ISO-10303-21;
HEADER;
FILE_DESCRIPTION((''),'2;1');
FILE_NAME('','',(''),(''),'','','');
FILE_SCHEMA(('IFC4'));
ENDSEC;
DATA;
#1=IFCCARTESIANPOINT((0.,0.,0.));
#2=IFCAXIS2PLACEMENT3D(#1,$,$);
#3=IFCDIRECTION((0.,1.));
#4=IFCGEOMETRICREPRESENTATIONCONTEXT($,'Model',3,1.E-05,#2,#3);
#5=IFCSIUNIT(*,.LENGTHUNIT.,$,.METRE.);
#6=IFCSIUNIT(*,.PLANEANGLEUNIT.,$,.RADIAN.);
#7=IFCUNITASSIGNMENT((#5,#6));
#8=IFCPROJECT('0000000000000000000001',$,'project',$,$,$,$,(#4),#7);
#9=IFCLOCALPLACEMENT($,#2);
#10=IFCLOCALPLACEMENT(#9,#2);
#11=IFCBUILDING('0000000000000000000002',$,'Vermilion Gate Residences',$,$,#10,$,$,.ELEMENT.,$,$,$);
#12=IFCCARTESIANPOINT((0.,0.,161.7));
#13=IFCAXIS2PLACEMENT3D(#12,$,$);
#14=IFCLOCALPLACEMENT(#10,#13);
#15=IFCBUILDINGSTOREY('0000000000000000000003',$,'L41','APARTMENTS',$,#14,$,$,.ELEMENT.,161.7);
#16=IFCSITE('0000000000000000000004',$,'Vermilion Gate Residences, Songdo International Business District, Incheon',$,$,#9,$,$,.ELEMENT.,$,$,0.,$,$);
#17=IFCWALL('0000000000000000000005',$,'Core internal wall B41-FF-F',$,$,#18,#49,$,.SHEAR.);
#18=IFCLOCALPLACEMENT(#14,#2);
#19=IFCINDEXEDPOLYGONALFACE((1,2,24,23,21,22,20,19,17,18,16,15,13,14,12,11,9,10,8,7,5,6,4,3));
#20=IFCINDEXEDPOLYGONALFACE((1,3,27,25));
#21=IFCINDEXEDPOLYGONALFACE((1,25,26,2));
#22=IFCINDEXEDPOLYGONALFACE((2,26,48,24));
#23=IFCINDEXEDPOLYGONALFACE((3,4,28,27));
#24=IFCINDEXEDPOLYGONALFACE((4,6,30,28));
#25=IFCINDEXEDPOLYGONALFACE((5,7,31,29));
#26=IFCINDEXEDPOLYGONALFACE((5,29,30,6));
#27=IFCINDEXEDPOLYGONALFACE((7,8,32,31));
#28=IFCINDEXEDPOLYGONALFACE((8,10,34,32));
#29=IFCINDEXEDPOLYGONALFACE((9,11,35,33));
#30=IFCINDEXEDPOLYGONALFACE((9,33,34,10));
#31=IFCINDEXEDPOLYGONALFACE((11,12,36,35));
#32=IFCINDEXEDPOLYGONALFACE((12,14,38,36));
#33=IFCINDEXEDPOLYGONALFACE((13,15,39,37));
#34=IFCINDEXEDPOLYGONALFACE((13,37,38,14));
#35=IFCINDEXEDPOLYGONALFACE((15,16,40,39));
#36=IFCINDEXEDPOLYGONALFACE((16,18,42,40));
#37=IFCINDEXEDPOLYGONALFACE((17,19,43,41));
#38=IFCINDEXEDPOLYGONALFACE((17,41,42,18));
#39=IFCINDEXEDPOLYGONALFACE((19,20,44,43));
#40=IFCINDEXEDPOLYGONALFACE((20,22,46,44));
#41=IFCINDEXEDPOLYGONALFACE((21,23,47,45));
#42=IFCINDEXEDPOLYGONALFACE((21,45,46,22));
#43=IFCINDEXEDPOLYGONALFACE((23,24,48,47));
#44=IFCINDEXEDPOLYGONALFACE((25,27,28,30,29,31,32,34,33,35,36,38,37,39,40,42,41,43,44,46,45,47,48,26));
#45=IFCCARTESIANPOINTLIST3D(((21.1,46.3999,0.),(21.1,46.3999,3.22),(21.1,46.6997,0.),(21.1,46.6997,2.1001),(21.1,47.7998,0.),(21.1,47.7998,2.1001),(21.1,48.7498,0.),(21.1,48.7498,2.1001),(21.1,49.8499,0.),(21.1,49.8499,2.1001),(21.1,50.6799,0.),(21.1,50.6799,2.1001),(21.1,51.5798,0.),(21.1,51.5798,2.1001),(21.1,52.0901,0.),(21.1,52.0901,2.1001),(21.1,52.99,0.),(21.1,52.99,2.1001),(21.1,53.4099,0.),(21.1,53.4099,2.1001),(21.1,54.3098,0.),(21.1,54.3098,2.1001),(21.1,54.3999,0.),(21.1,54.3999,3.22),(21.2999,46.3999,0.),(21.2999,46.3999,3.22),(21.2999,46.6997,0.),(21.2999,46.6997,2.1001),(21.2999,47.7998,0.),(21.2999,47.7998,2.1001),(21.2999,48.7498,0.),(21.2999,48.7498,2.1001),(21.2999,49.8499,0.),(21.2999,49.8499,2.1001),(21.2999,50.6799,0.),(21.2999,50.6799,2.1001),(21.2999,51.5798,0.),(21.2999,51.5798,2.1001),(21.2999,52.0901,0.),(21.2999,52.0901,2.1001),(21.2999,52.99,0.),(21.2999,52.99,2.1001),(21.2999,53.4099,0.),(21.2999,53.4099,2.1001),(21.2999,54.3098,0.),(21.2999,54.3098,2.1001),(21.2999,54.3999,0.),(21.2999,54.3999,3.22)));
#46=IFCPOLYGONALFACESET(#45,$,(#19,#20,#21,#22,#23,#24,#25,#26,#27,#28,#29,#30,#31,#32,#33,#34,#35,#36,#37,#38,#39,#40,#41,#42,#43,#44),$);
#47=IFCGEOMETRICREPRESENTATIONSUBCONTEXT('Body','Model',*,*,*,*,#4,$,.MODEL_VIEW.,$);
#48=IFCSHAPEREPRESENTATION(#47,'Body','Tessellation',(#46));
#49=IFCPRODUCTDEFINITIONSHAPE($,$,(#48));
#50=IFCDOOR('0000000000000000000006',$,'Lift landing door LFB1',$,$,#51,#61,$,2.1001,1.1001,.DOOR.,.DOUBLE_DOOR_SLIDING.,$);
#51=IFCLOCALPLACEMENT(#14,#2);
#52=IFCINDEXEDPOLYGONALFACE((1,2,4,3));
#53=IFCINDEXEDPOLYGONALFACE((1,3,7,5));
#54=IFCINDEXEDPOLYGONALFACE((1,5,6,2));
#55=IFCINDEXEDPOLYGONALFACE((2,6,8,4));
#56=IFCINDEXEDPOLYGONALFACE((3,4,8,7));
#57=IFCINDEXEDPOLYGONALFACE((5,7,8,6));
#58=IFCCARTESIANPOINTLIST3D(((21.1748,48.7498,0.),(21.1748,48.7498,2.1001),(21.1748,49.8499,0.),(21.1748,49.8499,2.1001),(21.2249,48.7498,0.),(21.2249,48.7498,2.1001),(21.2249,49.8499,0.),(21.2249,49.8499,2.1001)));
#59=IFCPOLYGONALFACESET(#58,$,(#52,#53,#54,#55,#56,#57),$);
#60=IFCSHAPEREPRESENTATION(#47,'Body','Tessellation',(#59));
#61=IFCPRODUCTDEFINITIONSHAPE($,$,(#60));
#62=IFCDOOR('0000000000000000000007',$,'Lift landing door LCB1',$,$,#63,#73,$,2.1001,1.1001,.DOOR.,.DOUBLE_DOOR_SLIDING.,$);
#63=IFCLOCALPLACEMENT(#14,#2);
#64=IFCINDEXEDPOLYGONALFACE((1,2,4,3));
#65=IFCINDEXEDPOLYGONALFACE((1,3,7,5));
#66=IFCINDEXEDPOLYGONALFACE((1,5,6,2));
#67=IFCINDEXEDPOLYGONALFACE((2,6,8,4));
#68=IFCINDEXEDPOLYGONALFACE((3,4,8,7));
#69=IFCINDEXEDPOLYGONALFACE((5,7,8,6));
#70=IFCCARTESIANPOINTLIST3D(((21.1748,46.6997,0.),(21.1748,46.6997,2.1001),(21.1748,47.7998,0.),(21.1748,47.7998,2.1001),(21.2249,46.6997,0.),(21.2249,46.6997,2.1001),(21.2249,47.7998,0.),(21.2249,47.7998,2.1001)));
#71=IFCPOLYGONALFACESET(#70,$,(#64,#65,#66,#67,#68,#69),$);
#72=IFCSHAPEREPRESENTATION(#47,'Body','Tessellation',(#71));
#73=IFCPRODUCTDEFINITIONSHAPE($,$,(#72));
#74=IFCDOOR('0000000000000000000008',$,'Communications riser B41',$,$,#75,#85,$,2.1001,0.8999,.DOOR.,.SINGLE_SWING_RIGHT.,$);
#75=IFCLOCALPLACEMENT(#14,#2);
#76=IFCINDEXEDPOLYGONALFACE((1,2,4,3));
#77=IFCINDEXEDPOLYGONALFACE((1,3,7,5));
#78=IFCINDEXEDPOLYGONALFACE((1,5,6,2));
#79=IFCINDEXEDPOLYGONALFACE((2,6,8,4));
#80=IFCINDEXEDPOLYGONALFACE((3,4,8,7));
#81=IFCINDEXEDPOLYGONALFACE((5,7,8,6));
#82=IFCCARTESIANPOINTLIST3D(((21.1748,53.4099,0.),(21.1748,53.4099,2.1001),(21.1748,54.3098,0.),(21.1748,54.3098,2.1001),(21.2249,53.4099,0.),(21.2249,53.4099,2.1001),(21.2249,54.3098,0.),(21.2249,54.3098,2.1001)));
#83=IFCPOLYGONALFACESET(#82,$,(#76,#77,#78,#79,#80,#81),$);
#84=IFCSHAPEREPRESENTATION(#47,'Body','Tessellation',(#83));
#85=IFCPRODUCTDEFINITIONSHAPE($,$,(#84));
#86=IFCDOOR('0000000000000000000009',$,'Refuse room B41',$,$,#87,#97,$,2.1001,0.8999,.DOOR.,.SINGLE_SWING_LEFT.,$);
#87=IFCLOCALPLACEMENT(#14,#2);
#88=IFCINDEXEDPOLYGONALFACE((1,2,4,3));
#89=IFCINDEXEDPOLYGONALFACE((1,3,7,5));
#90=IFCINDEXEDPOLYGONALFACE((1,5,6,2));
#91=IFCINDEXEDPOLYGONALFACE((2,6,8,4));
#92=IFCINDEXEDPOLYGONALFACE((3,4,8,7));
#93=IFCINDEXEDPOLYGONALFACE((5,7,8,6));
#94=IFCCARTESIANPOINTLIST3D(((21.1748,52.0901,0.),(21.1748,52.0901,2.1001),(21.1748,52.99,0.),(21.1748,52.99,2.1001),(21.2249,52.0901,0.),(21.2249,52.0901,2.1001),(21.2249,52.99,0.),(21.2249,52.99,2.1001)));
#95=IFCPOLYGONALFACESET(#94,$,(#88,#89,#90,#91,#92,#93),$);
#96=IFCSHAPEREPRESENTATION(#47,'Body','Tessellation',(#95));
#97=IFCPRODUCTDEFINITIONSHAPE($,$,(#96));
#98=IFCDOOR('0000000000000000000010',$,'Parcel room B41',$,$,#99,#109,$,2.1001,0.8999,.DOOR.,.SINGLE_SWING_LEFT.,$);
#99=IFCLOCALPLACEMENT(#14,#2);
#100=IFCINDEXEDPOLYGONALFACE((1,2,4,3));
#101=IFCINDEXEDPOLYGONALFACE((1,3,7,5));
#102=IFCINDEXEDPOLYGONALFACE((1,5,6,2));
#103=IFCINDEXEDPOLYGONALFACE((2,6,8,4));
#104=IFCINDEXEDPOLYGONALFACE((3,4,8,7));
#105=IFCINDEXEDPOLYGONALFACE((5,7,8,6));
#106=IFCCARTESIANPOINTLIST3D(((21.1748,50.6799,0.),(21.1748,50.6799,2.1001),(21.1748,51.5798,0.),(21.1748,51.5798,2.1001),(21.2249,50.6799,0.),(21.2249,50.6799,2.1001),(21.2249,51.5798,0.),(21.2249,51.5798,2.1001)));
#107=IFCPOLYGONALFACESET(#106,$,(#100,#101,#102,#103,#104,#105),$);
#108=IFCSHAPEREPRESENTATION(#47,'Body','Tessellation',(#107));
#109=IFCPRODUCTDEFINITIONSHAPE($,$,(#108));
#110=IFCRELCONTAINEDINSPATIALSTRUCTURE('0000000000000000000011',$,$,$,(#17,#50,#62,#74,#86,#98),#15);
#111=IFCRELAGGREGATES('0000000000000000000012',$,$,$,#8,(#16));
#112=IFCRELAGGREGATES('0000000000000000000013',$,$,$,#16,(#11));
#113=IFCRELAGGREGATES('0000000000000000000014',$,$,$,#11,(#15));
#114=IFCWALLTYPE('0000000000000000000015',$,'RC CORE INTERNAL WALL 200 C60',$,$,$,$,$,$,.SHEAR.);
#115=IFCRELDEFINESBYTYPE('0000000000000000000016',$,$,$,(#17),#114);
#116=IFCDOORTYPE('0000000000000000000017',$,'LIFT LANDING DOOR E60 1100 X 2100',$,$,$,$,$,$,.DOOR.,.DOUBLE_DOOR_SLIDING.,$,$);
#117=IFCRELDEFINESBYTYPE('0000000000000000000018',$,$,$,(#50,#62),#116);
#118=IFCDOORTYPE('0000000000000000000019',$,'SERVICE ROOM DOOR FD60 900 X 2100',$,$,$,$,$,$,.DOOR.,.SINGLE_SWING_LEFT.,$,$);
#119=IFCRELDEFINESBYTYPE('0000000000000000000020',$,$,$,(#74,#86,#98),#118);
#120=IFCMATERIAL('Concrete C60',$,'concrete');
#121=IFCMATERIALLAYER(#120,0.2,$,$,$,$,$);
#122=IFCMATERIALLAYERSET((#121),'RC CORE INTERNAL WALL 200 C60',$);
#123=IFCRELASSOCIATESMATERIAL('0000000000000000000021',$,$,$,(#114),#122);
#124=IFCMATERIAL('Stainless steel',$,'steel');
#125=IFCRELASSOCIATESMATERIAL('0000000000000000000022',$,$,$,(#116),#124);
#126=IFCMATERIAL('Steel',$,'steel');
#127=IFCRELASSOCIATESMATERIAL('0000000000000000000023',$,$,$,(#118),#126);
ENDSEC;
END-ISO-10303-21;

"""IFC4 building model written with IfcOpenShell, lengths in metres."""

from ifc_helpers import new_model, si_unit, direction, frame, frame_2d, origin, place, context, subcontext, project, spatial, rectangle, extrude, material, layer, layer_set, type_object, element, fill, save


model = new_model("IFC4")

# Units and contexts
model_context = context("Model", 3, precision=1e-05, world=origin(), true_north=direction((0.0, 1.0)))
body_context = subcontext(model_context, "Body", "Model", "MODEL_VIEW")
ifc_project = project(units=[si_unit("LENGTHUNIT", "METRE"), si_unit("PLANEANGLEUNIT", "RADIAN")], contexts=[model_context])

# Site, building, storey
site_placement = place(None, origin())
site = spatial("IfcSite", under=ifc_project, at=site_placement, Name="Vermilion Gate Residences, Songdo International Business District, Incheon", CompositionType="ELEMENT", RefElevation=0.0)
building_placement = place(site_placement, origin())
building = spatial("IfcBuilding", under=site, at=building_placement, Name="Vermilion Gate Residences", CompositionType="ELEMENT")
storey_placement = place(building_placement, frame((0.0, 0.0, 161.7)))
storey = spatial("IfcBuildingStorey", under=building, at=storey_placement, Name="L41", Description="APARTMENTS", CompositionType="ELEMENT", Elevation=161.7)

# Shared definitions
ifc_material_1 = material(Name="Concrete C60", Category="concrete")
ifc_layer_1 = layer(ifc_material_1, 0.2)
ifc_layer_set_1 = layer_set([ifc_layer_1], Name="RC CORE INTERNAL WALL 200 C60")
wall_type_1 = type_object("IfcWallType", Name="RC CORE INTERNAL WALL 200 C60", PredefinedType="SHEAR", material=ifc_layer_set_1)

# Wall, openings, doors
wall_1_placement = place(storey_placement, frame((21.2, 54.3999, 0.0), z_axis=(0.0, 0.0, 1.0), x_axis=(0.0, -1.0, 0.0)))
wall_1 = element("IfcWall", 1, at=wall_1_placement, inside=storey, type_object=wall_type_1, Name="Core internal wall B41-FF-F", PredefinedType="SHEAR", context=body_context, shape_type="SweptSolid", body=[
    extrude(rectangle(XDim=8.0, YDim=0.2, at=frame_2d((4.0, 0.0))), origin(), (0.0, 0.0, 1.0), 3.22),
])
opening_1_placement = place(wall_1_placement, frame((0.0901, 0.0, 0.0)))
opening_1 = element("IfcOpeningElement", 2, at=opening_1_placement, cuts=wall_1, PredefinedType="OPENING", context=body_context, shape_type="SweptSolid", body=[
    extrude(rectangle(XDim=0.8999, YDim=2.1001, at=frame_2d((0.45, 1.05))), frame((0.0, 0.1099, 0.0), z_axis=(0.0, -1.0, 0.0), x_axis=(1.0, 0.0, 0.0)), (0.0, 0.0, 1.0), 0.22),
])
opening_2_placement = place(wall_1_placement, frame((1.4099, 0.0, 0.0)))
opening_2 = element("IfcOpeningElement", 3, at=opening_2_placement, cuts=wall_1, PredefinedType="OPENING", context=body_context, shape_type="SweptSolid", body=[
    extrude(rectangle(XDim=0.8999, YDim=2.1001, at=frame_2d((0.45, 1.05))), frame((0.0, 0.1099, 0.0), z_axis=(0.0, -1.0, 0.0), x_axis=(1.0, 0.0, 0.0)), (0.0, 0.0, 1.0), 0.22),
])
opening_3_placement = place(wall_1_placement, frame((2.8201, 0.0, 0.0)))
opening_3 = element("IfcOpeningElement", 4, at=opening_3_placement, cuts=wall_1, PredefinedType="OPENING", context=body_context, shape_type="SweptSolid", body=[
    extrude(rectangle(XDim=0.8999, YDim=2.1001, at=frame_2d((0.45, 1.05))), frame((0.0, 0.1099, 0.0), z_axis=(0.0, -1.0, 0.0), x_axis=(1.0, 0.0, 0.0)), (0.0, 0.0, 1.0), 0.22),
])
opening_4_placement = place(wall_1_placement, frame((4.55, 0.0, 0.0)))
opening_4 = element("IfcOpeningElement", 5, at=opening_4_placement, cuts=wall_1, PredefinedType="OPENING", context=body_context, shape_type="SweptSolid", body=[
    extrude(rectangle(XDim=1.1001, YDim=2.1001, at=frame_2d((0.55, 1.05))), frame((0.0, 0.1099, 0.0), z_axis=(0.0, -1.0, 0.0), x_axis=(1.0, 0.0, 0.0)), (0.0, 0.0, 1.0), 0.22),
])
opening_5_placement = place(wall_1_placement, frame((6.6001, 0.0, 0.0)))
opening_5 = element("IfcOpeningElement", 6, at=opening_5_placement, cuts=wall_1, PredefinedType="OPENING", context=body_context, shape_type="SweptSolid", body=[
    extrude(rectangle(XDim=1.1001, YDim=2.1001, at=frame_2d((0.55, 1.05))), frame((0.0, 0.1099, 0.0), z_axis=(0.0, -1.0, 0.0), x_axis=(1.0, 0.0, 0.0)), (0.0, 0.0, 1.0), 0.22),
])
ifc_material_2 = material(Name="Stainless steel", Category="steel")
door_type_1 = type_object("IfcDoorType", Name="LIFT LANDING DOOR E60 1100 X 2100", OperationType="DOUBLE_DOOR_SLIDING", PredefinedType="DOOR", material=ifc_material_2)
door_1_placement = place(opening_4_placement, origin())
door_1 = element("IfcDoor", 7, at=door_1_placement, inside=storey, type_object=door_type_1, Name="Lift landing door LFB1", OperationType="DOUBLE_DOOR_SLIDING", OverallHeight=2.1001, OverallWidth=1.1001, PredefinedType="DOOR", context=body_context, shape_type="SweptSolid", body=[
    extrude(rectangle(XDim=1.1001, YDim=2.1001, at=frame_2d((0.55, 1.05))), frame((0.0, 0.0249, 0.0), z_axis=(0.0, -1.0, 0.0), x_axis=(1.0, 0.0, 0.0)), (0.0, 0.0, 1.0), 0.05),
])
fill(opening_4, door_1)
door_2_placement = place(opening_5_placement, origin())
door_2 = element("IfcDoor", 8, at=door_2_placement, inside=storey, type_object=door_type_1, Name="Lift landing door LCB1", OperationType="DOUBLE_DOOR_SLIDING", OverallHeight=2.1001, OverallWidth=1.1001, PredefinedType="DOOR", context=body_context, shape_type="SweptSolid", body=[
    extrude(rectangle(XDim=1.1001, YDim=2.1001, at=frame_2d((0.55, 1.05))), frame((0.0, 0.0249, 0.0), z_axis=(0.0, -1.0, 0.0), x_axis=(1.0, 0.0, 0.0)), (0.0, 0.0, 1.0), 0.05),
])
fill(opening_5, door_2)
ifc_material_3 = material(Name="Steel", Category="steel")
door_type_2 = type_object("IfcDoorType", Name="SERVICE ROOM DOOR FD60 900 X 2100", OperationType="SINGLE_SWING_LEFT", PredefinedType="DOOR", material=ifc_material_3)
door_3_placement = place(opening_1_placement, origin())
door_3 = element("IfcDoor", 9, at=door_3_placement, inside=storey, type_object=door_type_2, Name="Communications riser B41", OperationType="SINGLE_SWING_RIGHT", OverallHeight=2.1001, OverallWidth=0.8999, PredefinedType="DOOR", context=body_context, shape_type="SweptSolid", body=[
    extrude(rectangle(XDim=0.8999, YDim=2.1001, at=frame_2d((0.45, 1.05))), frame((0.0, 0.0249, 0.0), z_axis=(0.0, -1.0, 0.0), x_axis=(1.0, 0.0, 0.0)), (0.0, 0.0, 1.0), 0.05),
])
fill(opening_1, door_3)
door_4_placement = place(opening_2_placement, origin())
door_4 = element("IfcDoor", 10, at=door_4_placement, inside=storey, type_object=door_type_2, Name="Refuse room B41", OperationType="SINGLE_SWING_LEFT", OverallHeight=2.1001, OverallWidth=0.8999, PredefinedType="DOOR", context=body_context, shape_type="SweptSolid", body=[
    extrude(rectangle(XDim=0.8999, YDim=2.1001, at=frame_2d((0.45, 1.05))), frame((0.0, 0.0249, 0.0), z_axis=(0.0, -1.0, 0.0), x_axis=(1.0, 0.0, 0.0)), (0.0, 0.0, 1.0), 0.05),
])
fill(opening_2, door_4)
door_5_placement = place(opening_3_placement, origin())
door_5 = element("IfcDoor", 11, at=door_5_placement, inside=storey, type_object=door_type_2, Name="Parcel room B41", OperationType="SINGLE_SWING_LEFT", OverallHeight=2.1001, OverallWidth=0.8999, PredefinedType="DOOR", context=body_context, shape_type="SweptSolid", body=[
    extrude(rectangle(XDim=0.8999, YDim=2.1001, at=frame_2d((0.45, 1.05))), frame((0.0, 0.0249, 0.0), z_axis=(0.0, -1.0, 0.0), x_axis=(1.0, 0.0, 0.0)), (0.0, 0.0, 1.0), 0.05),
])
fill(opening_3, door_5)

save(model, "model.ifc")
